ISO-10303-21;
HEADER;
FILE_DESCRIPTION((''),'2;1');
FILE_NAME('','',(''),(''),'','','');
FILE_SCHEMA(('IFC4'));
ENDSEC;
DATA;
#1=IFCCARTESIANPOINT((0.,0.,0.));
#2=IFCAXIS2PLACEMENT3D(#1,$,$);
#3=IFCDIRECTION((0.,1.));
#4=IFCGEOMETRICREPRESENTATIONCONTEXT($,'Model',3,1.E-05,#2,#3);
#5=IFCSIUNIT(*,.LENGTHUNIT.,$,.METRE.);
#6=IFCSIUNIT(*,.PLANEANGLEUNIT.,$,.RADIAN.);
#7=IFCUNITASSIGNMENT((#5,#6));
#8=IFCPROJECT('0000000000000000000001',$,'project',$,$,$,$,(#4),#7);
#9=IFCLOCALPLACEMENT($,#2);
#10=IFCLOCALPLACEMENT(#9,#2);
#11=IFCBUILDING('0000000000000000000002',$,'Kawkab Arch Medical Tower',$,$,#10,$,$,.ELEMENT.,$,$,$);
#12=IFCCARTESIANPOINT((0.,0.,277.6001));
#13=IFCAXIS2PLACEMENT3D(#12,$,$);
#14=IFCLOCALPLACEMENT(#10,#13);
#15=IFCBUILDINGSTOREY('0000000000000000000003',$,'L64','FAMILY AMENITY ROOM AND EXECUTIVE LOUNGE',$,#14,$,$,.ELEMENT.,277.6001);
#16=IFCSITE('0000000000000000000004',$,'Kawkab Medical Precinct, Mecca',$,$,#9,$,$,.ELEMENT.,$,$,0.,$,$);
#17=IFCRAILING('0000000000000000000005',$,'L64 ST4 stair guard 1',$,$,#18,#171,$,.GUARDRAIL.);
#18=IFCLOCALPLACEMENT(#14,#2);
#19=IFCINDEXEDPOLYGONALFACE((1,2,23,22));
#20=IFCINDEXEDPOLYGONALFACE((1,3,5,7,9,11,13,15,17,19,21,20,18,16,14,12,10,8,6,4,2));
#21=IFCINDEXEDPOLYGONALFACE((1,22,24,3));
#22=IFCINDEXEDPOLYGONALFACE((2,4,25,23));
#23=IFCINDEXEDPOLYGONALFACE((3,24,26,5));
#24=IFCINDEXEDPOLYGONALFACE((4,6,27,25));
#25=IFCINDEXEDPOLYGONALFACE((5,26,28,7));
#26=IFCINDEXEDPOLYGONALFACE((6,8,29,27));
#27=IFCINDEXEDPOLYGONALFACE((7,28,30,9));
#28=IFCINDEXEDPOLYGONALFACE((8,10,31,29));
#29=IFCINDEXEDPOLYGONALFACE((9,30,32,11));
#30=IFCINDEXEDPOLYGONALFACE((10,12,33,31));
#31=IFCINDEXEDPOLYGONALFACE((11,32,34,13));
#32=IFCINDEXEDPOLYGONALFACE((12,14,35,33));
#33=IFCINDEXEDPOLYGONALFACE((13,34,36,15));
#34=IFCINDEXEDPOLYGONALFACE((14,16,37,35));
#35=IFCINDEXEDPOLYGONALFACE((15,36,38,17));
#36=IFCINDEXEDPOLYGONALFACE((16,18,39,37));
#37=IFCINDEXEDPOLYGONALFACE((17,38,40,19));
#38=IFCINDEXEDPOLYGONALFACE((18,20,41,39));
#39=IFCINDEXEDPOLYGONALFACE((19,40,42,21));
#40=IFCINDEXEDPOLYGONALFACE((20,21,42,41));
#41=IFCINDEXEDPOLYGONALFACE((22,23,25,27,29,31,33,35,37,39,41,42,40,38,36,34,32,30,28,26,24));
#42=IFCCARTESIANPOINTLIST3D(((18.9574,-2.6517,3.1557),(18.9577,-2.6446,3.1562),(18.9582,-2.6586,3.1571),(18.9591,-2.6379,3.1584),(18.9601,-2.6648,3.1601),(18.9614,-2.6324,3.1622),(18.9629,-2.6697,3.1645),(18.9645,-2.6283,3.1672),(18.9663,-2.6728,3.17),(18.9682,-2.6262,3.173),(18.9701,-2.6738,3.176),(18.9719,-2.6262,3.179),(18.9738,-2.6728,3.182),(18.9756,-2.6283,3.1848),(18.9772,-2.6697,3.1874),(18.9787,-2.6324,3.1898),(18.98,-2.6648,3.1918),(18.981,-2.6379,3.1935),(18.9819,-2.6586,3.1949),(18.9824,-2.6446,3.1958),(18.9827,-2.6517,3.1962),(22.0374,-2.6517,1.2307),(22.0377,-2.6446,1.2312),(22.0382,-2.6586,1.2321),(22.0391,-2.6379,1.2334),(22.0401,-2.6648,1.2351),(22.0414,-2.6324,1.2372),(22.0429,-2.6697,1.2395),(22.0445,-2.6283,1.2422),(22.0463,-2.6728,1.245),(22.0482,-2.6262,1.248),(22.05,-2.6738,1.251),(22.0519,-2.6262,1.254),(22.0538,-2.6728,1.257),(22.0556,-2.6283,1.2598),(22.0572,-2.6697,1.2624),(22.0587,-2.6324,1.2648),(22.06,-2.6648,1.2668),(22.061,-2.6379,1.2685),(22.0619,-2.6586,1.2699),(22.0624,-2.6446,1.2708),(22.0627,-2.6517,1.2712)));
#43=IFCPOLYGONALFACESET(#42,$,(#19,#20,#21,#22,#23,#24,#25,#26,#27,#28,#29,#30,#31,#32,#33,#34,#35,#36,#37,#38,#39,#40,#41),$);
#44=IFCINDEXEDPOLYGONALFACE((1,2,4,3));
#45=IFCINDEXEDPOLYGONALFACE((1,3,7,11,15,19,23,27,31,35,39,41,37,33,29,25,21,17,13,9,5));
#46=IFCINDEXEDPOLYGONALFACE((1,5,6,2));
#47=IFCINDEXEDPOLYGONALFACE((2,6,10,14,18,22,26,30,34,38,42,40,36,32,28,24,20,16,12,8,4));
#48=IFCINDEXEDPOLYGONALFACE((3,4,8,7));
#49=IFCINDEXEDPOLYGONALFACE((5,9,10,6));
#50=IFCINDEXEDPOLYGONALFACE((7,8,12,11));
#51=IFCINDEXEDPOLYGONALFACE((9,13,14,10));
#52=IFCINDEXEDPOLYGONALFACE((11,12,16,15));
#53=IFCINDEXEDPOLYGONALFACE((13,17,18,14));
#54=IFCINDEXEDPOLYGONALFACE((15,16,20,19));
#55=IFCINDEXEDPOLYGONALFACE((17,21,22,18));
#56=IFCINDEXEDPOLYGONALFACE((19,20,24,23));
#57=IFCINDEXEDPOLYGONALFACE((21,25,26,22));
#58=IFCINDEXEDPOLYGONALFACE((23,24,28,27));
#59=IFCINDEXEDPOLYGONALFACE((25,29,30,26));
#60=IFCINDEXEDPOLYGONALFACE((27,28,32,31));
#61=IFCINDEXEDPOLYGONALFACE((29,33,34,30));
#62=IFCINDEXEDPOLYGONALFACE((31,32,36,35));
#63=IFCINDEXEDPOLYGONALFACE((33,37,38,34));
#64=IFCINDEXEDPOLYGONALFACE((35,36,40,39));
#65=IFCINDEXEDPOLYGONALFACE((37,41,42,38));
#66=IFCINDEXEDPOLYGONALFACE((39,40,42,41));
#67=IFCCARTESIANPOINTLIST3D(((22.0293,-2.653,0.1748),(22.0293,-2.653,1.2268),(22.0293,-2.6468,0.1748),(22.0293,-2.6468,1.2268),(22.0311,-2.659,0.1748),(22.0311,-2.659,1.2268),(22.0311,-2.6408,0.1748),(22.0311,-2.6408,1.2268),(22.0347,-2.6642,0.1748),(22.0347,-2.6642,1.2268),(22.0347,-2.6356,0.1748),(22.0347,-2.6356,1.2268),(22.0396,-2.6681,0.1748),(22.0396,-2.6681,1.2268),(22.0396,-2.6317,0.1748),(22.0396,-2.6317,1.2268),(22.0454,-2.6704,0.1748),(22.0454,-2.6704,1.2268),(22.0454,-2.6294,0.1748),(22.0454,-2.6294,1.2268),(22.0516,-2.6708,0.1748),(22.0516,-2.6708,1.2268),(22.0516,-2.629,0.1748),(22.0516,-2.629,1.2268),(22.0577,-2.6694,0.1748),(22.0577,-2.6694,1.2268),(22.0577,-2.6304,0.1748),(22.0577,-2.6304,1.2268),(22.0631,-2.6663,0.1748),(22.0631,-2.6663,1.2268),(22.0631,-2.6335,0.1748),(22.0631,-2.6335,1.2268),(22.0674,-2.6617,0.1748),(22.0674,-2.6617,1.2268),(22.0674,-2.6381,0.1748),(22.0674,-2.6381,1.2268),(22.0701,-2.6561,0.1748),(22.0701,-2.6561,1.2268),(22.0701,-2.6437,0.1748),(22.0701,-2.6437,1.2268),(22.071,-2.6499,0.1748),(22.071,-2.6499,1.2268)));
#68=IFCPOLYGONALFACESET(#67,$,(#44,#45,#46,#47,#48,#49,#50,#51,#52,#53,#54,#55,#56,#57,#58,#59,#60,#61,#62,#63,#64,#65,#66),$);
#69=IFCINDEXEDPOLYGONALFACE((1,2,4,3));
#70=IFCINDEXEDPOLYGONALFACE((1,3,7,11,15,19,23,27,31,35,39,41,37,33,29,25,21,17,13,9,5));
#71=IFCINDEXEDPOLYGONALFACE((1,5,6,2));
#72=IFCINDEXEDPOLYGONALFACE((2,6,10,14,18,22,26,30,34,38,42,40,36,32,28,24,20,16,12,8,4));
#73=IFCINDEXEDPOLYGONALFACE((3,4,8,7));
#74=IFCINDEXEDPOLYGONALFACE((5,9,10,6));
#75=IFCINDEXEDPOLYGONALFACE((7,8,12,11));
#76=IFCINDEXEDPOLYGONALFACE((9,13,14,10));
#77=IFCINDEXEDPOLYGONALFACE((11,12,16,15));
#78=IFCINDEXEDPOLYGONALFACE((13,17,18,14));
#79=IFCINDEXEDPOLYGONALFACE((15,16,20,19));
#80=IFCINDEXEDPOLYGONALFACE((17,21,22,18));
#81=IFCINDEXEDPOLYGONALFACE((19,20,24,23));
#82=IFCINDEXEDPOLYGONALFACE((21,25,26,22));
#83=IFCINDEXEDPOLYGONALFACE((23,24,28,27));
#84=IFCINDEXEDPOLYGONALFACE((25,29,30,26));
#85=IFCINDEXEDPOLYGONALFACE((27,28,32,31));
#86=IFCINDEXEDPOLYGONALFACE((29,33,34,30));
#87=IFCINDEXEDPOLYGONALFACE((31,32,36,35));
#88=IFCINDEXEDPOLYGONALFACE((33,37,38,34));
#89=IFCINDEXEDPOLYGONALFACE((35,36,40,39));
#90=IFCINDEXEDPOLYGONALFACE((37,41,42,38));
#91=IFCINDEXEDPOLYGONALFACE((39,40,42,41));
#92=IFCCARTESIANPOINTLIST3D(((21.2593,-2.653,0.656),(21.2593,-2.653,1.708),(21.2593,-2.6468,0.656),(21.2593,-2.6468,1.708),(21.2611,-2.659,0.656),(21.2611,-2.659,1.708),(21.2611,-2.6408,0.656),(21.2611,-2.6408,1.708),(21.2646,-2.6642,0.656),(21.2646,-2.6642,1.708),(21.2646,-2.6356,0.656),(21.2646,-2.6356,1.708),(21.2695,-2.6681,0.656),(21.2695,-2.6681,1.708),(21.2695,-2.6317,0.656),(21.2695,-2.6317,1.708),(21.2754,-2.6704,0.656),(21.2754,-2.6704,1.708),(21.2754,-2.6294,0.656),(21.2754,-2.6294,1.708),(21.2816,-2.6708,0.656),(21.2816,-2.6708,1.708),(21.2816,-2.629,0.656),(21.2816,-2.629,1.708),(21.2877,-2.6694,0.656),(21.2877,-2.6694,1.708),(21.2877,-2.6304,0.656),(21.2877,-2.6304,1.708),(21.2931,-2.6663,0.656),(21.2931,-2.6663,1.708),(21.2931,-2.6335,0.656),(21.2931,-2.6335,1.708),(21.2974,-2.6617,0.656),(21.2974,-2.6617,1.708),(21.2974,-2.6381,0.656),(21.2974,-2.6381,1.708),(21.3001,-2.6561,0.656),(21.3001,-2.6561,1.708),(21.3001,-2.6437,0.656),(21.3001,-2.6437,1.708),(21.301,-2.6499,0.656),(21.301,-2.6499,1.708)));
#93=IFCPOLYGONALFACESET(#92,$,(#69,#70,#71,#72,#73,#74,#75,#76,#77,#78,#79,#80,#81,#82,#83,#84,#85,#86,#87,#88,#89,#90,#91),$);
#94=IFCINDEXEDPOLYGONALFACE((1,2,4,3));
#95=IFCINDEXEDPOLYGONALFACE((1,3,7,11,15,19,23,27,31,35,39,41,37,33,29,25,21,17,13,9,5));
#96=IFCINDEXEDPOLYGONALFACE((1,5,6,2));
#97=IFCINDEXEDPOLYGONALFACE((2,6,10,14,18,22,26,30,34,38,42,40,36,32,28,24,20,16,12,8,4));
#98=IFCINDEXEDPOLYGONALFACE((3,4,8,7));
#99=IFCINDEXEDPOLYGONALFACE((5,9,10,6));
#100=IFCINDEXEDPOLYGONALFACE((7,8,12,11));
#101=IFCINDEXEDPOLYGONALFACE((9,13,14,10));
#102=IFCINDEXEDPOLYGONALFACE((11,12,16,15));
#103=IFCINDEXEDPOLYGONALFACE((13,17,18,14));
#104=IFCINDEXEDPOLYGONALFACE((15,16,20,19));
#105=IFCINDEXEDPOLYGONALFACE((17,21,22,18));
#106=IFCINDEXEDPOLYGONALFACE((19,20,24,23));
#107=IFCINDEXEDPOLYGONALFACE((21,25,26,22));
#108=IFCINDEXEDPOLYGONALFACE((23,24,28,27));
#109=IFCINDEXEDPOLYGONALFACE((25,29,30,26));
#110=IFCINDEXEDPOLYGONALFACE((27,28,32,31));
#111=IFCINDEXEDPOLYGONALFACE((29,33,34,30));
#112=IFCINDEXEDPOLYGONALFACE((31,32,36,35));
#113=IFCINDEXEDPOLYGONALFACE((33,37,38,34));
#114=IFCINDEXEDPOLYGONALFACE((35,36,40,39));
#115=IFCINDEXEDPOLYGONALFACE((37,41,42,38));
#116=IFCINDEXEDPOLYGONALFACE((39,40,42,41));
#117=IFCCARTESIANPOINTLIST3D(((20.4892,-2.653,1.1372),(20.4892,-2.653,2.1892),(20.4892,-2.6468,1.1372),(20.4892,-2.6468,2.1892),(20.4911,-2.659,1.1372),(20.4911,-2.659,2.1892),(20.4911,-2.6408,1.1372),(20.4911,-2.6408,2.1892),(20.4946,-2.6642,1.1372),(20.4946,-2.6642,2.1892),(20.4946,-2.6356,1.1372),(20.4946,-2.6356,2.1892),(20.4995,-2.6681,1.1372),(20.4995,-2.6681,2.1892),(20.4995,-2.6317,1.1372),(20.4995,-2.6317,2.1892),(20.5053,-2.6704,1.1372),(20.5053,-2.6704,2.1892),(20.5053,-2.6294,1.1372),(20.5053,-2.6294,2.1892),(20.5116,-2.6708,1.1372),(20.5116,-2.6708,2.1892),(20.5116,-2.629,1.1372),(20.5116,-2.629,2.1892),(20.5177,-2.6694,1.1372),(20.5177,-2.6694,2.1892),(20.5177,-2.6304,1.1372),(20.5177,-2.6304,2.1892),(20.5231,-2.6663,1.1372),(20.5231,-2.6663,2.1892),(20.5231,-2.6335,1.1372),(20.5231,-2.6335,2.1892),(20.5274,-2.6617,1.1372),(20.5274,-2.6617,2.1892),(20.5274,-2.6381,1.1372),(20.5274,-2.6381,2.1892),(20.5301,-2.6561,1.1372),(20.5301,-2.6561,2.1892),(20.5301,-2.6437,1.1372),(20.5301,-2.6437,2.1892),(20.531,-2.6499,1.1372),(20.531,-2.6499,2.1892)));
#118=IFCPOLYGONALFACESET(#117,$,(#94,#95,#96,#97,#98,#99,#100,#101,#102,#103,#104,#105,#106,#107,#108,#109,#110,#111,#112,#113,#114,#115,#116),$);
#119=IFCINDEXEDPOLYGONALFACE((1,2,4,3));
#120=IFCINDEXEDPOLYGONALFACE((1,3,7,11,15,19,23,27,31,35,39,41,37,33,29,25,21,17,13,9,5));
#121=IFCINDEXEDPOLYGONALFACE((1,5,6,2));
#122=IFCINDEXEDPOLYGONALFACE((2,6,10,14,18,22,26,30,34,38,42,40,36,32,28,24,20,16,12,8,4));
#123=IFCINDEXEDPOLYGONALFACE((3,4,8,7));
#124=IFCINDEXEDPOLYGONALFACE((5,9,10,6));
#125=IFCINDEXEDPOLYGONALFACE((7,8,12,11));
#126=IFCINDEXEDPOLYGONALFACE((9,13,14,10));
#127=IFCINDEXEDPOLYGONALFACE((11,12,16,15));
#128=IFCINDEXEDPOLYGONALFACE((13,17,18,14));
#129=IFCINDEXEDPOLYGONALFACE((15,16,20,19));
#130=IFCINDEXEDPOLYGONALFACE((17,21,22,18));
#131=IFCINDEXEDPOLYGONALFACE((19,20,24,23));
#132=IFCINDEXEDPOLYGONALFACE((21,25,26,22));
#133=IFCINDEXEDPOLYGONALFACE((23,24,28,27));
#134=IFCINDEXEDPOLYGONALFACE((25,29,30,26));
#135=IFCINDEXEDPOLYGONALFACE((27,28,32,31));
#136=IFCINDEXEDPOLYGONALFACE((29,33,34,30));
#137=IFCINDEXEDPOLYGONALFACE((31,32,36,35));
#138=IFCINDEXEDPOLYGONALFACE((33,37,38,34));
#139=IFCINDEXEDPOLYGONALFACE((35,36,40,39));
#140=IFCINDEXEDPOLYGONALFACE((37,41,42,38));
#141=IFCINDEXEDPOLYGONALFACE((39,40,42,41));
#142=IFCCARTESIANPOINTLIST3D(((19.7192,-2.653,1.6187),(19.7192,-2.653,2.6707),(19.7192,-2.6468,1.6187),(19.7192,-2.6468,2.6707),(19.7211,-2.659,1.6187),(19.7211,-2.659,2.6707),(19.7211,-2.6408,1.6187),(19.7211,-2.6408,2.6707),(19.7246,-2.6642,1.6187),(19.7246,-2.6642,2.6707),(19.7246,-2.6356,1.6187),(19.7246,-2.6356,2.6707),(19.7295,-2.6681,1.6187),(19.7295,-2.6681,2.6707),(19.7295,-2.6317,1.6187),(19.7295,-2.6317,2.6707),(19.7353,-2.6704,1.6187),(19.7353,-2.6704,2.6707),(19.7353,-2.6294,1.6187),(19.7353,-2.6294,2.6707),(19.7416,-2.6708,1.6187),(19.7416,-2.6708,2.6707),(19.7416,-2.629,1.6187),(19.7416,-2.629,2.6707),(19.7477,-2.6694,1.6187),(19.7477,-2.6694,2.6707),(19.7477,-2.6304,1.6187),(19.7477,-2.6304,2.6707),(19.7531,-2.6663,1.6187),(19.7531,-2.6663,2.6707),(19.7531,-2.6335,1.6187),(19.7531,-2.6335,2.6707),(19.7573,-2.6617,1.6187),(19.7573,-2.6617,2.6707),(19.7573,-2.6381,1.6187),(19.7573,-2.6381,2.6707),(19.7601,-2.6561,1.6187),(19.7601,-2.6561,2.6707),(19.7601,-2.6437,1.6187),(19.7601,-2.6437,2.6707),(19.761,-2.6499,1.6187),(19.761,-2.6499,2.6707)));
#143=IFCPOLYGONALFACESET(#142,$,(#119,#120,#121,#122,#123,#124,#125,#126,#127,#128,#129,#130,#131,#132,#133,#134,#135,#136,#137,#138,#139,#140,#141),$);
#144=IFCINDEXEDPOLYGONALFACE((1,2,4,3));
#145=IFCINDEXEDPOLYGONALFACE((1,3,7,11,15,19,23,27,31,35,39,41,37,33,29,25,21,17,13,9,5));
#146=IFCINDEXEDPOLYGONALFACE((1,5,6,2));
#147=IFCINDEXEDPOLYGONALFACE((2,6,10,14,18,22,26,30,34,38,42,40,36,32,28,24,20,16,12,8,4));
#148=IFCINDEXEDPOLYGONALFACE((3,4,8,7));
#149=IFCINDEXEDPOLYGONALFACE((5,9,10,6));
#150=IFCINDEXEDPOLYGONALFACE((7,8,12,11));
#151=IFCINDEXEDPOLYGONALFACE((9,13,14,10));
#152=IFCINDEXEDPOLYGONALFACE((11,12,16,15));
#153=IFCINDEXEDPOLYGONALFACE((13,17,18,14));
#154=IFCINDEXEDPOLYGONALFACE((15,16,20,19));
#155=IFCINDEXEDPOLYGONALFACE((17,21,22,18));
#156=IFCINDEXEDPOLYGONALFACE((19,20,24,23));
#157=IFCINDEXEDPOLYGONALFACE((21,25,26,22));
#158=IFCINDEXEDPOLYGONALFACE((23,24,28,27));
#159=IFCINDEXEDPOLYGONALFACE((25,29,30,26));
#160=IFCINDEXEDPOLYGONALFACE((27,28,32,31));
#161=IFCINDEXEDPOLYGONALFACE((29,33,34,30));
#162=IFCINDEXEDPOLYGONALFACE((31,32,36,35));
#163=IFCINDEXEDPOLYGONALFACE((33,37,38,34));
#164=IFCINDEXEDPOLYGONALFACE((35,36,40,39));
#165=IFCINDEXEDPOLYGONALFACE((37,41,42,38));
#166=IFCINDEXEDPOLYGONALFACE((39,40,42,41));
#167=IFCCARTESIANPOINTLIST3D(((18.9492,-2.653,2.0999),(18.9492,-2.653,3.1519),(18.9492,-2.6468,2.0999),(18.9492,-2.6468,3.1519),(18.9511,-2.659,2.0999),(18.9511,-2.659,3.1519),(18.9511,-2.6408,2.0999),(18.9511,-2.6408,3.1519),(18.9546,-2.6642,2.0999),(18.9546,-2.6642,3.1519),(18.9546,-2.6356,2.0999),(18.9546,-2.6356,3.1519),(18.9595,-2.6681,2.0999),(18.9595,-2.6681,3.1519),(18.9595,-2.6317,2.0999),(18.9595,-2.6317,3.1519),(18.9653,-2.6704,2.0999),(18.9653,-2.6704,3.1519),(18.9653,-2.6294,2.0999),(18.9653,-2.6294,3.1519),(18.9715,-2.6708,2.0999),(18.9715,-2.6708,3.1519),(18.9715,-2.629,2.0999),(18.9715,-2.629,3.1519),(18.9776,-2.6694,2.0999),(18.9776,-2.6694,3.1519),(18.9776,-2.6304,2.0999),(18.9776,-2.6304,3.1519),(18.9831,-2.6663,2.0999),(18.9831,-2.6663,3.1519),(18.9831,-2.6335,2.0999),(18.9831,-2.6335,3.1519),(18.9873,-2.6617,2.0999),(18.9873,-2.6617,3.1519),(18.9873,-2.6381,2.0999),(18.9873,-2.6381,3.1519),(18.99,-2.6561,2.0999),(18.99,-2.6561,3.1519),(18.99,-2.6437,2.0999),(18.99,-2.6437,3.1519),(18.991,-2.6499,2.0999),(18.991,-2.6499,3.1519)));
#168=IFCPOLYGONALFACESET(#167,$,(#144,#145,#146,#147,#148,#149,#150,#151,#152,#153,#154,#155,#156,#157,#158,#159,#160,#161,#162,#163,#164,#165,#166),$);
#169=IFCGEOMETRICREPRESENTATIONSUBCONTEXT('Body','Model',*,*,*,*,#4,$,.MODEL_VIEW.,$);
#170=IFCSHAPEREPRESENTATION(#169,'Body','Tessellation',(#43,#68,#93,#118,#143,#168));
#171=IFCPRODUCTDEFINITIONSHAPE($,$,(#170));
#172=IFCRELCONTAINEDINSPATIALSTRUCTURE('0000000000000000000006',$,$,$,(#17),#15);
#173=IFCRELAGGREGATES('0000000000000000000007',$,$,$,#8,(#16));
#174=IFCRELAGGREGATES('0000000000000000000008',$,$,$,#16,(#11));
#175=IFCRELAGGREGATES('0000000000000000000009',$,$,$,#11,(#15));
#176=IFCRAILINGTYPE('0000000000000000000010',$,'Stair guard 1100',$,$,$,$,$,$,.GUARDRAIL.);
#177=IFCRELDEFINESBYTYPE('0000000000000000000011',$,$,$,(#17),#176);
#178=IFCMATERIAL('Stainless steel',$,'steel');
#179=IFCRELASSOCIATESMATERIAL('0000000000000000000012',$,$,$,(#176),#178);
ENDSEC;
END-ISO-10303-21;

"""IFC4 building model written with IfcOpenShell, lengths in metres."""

from ifc_helpers import new_model, si_unit, direction, frame, origin, origin_2d, place, context, subcontext, project, spatial, circle, extrude, material, type_object, element, save


model = new_model("IFC4")

# Units and contexts
model_context = context("Model", 3, precision=1e-05, world=origin(), true_north=direction((0.0, 1.0)))
body_context = subcontext(model_context, "Body", "Model", "MODEL_VIEW")
ifc_project = project(units=[si_unit("LENGTHUNIT", "METRE"), si_unit("PLANEANGLEUNIT", "RADIAN")], contexts=[model_context])

# Site, building, storey
site_placement = place(None, origin())
site = spatial("IfcSite", under=ifc_project, at=site_placement, Name="Kawkab Medical Precinct, Mecca", CompositionType="ELEMENT", RefElevation=0.0)
building_placement = place(site_placement, origin())
building = spatial("IfcBuilding", under=site, at=building_placement, Name="Kawkab Arch Medical Tower", CompositionType="ELEMENT")
storey_placement = place(building_placement, frame((0.0, 0.0, 277.6001)))
storey = spatial("IfcBuildingStorey", under=building, at=storey_placement, Name="L64", Description="FAMILY AMENITY ROOM AND EXECUTIVE LOUNGE", CompositionType="ELEMENT", Elevation=277.6001)

# Railing
ifc_material_1 = material(Name="Stainless steel", Category="steel")
railing_type = type_object("IfcRailingType", Name="Stair guard 1100", PredefinedType="GUARDRAIL", material=ifc_material_1)
railing_1_placement = place(storey_placement, frame((22.05, -2.6499, 0.1748)))
element("IfcRailing", 1, at=railing_1_placement, inside=storey, type_object=railing_type, Name="L64 ST4 stair guard 1", PredefinedType="GUARDRAIL", context=body_context, shape_type="SweptSolid", body=[
    extrude(circle(Radius=0.0239, at=origin_2d()), frame((0.0, 0.0, 1.0762), z_axis=(-0.847998, 0.0, 0.529999), x_axis=(0.0, -1.0, 0.0)), (0.0, 0.0, 1.0), 3.6321),
    extrude(circle(Radius=0.021, at=origin_2d()), origin(), (0.0, 0.0, 1.0), 1.052),
    extrude(circle(Radius=0.021, at=origin_2d()), frame((-0.77, 0.0, 0.4812)), (0.0, 0.0, 1.0), 1.052),
    extrude(circle(Radius=0.021, at=origin_2d()), frame((-1.54, 0.0, 0.9624)), (0.0, 0.0, 1.0), 1.052),
    extrude(circle(Radius=0.021, at=origin_2d()), frame((-2.3101, 0.0, 1.4438)), (0.0, 0.0, 1.0), 1.052),
    extrude(circle(Radius=0.021, at=origin_2d()), frame((-3.0801, 0.0, 1.925)), (0.0, 0.0, 1.0), 1.052),
])

save(model, "model.ifc")
